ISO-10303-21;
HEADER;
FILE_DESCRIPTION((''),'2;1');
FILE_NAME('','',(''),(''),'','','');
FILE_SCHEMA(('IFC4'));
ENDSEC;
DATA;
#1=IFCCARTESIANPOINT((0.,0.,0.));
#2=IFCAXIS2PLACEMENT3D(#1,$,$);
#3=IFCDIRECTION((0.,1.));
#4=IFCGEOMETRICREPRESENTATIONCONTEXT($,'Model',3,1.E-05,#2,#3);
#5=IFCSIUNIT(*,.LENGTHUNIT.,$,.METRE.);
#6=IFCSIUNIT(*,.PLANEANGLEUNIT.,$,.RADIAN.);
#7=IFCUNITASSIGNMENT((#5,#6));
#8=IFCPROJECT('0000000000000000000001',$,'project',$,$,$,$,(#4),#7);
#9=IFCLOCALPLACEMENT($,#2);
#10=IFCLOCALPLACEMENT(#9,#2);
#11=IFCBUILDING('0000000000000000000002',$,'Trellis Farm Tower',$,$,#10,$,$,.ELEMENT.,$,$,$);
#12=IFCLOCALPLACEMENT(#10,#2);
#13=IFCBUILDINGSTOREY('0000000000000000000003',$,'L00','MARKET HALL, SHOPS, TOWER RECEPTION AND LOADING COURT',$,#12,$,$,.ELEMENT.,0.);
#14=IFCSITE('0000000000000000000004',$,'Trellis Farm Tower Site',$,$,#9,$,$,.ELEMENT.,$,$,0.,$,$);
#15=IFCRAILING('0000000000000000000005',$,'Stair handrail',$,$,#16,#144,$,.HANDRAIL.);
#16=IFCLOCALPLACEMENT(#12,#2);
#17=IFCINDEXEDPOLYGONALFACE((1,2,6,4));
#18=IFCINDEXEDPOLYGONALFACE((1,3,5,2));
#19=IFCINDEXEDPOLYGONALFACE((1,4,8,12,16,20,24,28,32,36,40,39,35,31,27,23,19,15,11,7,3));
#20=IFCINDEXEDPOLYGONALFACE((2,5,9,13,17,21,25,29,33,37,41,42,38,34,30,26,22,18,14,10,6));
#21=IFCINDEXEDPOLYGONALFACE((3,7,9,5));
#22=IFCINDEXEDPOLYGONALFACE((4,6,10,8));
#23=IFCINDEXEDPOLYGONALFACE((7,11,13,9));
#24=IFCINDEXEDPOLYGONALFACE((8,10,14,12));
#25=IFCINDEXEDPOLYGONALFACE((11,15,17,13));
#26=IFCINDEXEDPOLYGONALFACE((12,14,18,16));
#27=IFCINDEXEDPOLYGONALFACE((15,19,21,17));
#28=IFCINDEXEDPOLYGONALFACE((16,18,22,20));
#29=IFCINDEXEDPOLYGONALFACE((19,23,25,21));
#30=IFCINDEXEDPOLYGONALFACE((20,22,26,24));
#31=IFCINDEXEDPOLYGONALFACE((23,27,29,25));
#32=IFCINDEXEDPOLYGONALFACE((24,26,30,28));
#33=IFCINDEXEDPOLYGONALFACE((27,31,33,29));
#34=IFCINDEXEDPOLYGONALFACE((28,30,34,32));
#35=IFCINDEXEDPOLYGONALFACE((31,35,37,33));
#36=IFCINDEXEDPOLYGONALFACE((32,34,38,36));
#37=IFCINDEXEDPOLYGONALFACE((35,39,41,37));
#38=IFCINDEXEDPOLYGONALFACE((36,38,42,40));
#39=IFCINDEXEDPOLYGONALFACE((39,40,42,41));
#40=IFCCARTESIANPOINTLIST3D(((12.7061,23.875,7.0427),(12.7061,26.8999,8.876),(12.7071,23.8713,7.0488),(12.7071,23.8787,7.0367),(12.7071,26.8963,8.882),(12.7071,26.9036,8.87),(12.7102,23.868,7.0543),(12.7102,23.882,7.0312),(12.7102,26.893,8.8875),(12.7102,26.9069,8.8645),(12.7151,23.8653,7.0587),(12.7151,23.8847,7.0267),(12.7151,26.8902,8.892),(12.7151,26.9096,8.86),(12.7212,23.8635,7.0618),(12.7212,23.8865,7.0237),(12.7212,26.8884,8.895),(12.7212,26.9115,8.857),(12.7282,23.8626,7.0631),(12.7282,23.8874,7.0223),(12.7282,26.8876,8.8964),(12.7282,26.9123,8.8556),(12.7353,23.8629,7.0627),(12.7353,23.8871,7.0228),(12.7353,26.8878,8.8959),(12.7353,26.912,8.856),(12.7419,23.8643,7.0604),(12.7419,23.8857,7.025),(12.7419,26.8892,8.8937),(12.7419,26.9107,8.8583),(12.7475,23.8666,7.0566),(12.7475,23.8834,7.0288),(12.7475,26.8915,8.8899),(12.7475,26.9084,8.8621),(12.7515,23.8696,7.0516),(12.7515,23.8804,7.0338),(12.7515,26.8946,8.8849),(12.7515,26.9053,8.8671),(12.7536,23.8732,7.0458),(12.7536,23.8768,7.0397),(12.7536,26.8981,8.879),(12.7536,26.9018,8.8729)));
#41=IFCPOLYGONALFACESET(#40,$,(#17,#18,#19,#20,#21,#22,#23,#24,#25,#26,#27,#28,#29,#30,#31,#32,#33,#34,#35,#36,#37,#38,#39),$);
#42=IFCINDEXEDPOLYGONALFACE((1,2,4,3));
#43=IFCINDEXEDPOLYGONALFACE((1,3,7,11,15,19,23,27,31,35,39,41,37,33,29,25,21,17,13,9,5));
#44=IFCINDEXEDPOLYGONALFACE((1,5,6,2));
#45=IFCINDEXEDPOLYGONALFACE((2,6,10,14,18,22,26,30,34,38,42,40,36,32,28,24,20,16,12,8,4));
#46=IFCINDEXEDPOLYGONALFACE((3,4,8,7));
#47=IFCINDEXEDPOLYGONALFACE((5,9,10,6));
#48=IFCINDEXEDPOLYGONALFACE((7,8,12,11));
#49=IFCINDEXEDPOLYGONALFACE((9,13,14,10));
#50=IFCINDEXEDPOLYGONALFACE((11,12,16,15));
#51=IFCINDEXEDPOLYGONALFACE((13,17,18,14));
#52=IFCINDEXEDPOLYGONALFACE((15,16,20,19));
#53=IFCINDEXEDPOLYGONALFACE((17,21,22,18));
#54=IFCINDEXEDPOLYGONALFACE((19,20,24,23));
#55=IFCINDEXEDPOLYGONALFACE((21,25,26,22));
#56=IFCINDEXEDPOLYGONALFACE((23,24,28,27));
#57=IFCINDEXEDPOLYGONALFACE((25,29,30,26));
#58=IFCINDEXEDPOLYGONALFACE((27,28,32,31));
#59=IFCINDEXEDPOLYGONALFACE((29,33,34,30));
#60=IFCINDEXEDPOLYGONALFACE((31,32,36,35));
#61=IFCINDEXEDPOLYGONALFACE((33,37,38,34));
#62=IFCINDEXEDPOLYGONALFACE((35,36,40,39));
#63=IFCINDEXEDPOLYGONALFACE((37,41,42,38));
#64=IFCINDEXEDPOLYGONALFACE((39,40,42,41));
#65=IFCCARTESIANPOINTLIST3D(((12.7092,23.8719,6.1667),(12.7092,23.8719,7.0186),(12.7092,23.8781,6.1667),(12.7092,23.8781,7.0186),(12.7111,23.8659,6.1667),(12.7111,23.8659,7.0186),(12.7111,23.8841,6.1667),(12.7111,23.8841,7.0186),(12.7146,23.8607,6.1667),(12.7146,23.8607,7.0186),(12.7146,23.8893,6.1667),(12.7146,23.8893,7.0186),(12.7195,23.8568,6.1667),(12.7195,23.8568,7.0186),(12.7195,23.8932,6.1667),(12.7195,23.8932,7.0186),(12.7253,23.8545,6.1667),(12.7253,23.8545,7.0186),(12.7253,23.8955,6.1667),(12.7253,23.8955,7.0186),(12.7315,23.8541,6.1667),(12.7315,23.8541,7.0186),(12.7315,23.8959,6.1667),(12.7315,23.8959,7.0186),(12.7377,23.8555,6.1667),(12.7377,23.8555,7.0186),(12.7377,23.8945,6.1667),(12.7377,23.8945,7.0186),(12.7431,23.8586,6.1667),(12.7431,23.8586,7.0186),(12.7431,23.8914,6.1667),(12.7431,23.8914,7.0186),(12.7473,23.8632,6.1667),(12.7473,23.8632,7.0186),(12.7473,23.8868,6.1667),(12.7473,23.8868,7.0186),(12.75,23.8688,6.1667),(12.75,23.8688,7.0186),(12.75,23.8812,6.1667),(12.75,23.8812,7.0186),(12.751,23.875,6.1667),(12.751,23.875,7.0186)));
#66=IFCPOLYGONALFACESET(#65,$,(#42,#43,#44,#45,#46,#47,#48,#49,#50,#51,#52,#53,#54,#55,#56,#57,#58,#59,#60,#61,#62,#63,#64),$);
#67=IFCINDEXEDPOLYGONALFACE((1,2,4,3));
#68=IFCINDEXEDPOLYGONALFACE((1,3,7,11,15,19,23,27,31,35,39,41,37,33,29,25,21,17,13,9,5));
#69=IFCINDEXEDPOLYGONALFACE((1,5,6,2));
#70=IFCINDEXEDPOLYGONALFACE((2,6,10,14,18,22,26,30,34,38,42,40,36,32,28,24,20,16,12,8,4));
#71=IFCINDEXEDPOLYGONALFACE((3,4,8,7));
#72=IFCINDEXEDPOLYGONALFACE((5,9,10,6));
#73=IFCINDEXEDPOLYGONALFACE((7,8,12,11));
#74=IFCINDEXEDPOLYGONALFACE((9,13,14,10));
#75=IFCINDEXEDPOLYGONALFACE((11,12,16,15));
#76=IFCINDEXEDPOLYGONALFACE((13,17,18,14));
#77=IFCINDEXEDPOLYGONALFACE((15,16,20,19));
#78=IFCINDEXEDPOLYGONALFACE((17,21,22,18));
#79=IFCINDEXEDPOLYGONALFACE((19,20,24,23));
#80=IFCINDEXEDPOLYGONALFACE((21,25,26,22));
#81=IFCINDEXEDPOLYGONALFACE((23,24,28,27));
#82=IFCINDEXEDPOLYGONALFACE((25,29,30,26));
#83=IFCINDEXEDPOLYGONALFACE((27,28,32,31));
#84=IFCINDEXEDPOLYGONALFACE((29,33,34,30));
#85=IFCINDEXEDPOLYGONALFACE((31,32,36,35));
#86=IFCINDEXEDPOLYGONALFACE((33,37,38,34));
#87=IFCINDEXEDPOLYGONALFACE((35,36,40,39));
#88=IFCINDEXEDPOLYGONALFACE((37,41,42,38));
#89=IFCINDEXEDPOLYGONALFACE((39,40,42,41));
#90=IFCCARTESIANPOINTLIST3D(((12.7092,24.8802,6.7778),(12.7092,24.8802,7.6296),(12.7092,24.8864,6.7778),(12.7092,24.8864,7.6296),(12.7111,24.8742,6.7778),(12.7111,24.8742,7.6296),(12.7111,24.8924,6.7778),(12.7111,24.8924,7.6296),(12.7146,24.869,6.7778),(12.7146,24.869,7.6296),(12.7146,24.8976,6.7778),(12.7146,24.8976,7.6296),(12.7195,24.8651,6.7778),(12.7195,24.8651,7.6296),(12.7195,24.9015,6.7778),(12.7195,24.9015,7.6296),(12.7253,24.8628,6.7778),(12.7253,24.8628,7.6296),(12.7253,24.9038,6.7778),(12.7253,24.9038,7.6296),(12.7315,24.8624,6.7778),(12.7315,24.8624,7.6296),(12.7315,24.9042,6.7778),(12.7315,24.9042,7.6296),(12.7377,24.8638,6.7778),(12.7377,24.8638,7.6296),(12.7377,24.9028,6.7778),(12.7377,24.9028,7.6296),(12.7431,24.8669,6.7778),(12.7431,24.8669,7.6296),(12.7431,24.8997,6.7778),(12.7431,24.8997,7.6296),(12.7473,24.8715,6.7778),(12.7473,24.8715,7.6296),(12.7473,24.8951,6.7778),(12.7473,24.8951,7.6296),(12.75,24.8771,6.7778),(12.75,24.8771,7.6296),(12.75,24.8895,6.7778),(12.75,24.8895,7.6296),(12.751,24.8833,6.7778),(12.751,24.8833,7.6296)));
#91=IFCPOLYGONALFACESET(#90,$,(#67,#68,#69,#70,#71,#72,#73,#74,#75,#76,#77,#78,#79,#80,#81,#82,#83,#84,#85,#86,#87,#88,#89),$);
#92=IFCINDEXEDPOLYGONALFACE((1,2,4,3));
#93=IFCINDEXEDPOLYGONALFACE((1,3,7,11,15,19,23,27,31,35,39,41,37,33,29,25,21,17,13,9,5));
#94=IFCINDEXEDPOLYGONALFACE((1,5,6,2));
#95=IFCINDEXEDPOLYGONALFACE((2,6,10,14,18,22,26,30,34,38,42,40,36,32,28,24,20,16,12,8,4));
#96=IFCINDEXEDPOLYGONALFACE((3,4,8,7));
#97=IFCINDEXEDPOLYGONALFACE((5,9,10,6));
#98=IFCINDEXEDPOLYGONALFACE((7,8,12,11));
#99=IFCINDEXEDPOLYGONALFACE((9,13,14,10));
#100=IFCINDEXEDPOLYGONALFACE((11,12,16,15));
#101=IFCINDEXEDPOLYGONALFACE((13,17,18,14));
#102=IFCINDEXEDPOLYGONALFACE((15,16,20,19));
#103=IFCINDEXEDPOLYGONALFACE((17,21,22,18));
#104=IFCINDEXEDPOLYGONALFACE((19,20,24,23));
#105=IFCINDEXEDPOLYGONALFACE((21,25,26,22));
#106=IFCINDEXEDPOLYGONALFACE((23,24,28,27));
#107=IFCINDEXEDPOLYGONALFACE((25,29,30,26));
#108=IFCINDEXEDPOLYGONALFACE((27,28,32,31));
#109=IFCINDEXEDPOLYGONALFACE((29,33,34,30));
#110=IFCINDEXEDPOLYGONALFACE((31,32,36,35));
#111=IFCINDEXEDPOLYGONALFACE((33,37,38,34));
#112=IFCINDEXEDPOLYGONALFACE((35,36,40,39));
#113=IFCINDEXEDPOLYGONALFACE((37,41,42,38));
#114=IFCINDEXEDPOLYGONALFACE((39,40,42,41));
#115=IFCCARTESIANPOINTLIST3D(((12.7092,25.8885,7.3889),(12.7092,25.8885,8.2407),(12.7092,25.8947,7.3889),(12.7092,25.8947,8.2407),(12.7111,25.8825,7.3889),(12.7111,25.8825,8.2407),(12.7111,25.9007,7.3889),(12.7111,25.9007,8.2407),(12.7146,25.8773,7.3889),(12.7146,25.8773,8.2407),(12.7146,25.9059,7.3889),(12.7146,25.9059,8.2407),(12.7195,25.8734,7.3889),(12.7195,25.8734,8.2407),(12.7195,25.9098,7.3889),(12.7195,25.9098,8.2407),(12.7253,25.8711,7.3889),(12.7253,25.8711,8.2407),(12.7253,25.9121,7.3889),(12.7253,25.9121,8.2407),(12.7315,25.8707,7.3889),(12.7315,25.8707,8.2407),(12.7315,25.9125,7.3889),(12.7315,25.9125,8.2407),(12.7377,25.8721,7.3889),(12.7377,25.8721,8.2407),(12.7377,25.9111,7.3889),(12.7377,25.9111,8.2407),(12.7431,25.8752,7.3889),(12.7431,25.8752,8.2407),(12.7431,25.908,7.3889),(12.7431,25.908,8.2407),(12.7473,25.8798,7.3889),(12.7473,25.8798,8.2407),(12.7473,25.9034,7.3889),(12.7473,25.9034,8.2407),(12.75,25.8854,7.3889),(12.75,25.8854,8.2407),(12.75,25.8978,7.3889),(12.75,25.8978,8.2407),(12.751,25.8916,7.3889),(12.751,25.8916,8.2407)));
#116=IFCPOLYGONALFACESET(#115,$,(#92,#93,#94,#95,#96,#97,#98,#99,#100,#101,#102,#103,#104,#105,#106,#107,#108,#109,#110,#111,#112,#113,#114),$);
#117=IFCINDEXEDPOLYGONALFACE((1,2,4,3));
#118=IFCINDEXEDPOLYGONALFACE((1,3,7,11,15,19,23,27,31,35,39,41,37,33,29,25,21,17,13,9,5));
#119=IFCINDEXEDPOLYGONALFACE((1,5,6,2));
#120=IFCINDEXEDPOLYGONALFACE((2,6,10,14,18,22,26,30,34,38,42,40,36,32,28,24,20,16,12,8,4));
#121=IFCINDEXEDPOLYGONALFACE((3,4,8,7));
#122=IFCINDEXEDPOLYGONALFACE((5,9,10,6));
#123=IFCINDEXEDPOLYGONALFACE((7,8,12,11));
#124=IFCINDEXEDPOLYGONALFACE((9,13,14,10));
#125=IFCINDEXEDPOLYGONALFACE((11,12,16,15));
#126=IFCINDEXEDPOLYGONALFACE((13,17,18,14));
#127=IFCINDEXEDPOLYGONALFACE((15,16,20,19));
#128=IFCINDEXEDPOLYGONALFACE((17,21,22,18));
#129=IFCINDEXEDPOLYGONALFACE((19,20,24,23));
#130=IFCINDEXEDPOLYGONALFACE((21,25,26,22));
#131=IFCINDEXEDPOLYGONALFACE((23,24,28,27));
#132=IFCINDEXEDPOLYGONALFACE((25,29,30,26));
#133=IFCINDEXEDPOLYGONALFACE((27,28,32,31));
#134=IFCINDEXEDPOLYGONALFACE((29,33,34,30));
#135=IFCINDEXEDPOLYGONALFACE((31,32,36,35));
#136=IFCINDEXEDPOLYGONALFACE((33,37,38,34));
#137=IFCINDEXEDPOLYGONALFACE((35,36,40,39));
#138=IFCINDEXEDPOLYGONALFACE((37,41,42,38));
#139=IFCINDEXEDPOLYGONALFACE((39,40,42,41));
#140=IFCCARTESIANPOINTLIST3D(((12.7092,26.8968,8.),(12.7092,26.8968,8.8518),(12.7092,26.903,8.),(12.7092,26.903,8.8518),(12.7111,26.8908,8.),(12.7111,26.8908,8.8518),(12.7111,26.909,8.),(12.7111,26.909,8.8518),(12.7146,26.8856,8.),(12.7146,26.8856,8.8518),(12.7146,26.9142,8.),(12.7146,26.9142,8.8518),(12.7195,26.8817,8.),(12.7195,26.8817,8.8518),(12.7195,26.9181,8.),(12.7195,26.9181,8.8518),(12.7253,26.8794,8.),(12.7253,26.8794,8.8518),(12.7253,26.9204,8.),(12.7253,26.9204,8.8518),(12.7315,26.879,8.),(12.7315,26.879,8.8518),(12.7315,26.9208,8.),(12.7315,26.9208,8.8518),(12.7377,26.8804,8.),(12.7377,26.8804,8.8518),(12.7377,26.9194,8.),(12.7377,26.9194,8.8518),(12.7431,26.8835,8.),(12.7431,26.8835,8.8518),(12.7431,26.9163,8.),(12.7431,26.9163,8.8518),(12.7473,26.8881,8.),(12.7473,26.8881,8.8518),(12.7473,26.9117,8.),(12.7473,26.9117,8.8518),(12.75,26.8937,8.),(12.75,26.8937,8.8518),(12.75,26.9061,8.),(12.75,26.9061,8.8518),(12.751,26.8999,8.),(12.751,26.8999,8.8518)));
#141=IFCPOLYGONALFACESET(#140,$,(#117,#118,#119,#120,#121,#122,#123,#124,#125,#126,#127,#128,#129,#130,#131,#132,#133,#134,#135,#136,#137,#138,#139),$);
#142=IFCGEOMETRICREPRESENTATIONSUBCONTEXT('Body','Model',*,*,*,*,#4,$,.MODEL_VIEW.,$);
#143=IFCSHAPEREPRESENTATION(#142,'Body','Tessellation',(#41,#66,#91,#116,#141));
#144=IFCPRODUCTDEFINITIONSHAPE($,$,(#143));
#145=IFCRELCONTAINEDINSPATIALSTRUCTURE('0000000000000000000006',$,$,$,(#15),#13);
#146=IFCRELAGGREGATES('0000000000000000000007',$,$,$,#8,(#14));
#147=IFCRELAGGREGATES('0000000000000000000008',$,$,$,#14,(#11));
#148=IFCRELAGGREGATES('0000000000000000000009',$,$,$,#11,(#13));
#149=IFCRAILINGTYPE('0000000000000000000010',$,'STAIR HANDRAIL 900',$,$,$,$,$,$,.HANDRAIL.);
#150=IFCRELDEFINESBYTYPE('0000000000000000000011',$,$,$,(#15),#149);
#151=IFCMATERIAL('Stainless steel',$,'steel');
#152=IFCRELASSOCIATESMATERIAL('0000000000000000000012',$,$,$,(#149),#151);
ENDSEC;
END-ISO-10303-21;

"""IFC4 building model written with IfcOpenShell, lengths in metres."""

from ifc_helpers import new_model, si_unit, direction, frame, origin, origin_2d, place, context, subcontext, project, spatial, circle, extrude, source, transform, mapped, material, type_object, element, save


model = new_model("IFC4")

# Units and contexts
model_context = context("Model", 3, precision=1e-05, world=origin(), true_north=direction((0.0, 1.0)))
body_context = subcontext(model_context, "Body", "Model", "MODEL_VIEW")
ifc_project = project(units=[si_unit("LENGTHUNIT", "METRE"), si_unit("PLANEANGLEUNIT", "RADIAN")], contexts=[model_context])

# Site, building, storey
site_placement = place(None, origin())
site = spatial("IfcSite", under=ifc_project, at=site_placement, Name="Trellis Farm Tower Site", CompositionType="ELEMENT", RefElevation=0.0)
building_placement = place(site_placement, origin())
building = spatial("IfcBuilding", under=site, at=building_placement, Name="Trellis Farm Tower", CompositionType="ELEMENT")
storey_placement = place(building_placement, origin())
storey = spatial("IfcBuildingStorey", under=building, at=storey_placement, Name="L00", Description="MARKET HALL, SHOPS, TOWER RECEPTION AND LOADING COURT", CompositionType="ELEMENT", Elevation=0.0)

# Railing
ifc_material_1 = material(Name="Stainless steel", Category="steel")
railing_type = type_object("IfcRailingType", Name="STAIR HANDRAIL 900", PredefinedType="HANDRAIL", material=ifc_material_1)
shared_shape_1 = source(origin(), body_context, "Body", "SweptSolid", [
    extrude(circle(Radius=0.0239, at=origin_2d()), frame((0.0, 0.0, 0.876), z_axis=(0.0, 0.855201, 0.518297), x_axis=(-1.0, 0.0, 0.0)), (0.0, 0.0, 1.0), 3.5371),
    extrude(circle(Radius=0.021, at=origin_2d()), origin(), (0.0, 0.0, 1.0), 0.8518),
    extrude(circle(Radius=0.021, at=origin_2d()), frame((0.0, 1.0083, 0.6111)), (0.0, 0.0, 1.0), 0.8518),
    extrude(circle(Radius=0.021, at=origin_2d()), frame((0.0, 2.0166, 1.2222)), (0.0, 0.0, 1.0), 0.8518),
    extrude(circle(Radius=0.021, at=origin_2d()), frame((0.0, 3.0249, 1.8333)), (0.0, 0.0, 1.0), 0.8518),
])
for number, where, name in (
    (1, (12.73, 23.875, 6.1667), "Stair handrail"),
):
    element("IfcRailing", number, at=place(storey_placement, frame(where)), inside=storey, type_object=railing_type, Name=name, PredefinedType="HANDRAIL", context=body_context, shape_type="MappedRepresentation", body=[
        mapped(shared_shape_1, transform((0.0, 0.0, 0.0))),
    ])

save(model, "model.ifc")
